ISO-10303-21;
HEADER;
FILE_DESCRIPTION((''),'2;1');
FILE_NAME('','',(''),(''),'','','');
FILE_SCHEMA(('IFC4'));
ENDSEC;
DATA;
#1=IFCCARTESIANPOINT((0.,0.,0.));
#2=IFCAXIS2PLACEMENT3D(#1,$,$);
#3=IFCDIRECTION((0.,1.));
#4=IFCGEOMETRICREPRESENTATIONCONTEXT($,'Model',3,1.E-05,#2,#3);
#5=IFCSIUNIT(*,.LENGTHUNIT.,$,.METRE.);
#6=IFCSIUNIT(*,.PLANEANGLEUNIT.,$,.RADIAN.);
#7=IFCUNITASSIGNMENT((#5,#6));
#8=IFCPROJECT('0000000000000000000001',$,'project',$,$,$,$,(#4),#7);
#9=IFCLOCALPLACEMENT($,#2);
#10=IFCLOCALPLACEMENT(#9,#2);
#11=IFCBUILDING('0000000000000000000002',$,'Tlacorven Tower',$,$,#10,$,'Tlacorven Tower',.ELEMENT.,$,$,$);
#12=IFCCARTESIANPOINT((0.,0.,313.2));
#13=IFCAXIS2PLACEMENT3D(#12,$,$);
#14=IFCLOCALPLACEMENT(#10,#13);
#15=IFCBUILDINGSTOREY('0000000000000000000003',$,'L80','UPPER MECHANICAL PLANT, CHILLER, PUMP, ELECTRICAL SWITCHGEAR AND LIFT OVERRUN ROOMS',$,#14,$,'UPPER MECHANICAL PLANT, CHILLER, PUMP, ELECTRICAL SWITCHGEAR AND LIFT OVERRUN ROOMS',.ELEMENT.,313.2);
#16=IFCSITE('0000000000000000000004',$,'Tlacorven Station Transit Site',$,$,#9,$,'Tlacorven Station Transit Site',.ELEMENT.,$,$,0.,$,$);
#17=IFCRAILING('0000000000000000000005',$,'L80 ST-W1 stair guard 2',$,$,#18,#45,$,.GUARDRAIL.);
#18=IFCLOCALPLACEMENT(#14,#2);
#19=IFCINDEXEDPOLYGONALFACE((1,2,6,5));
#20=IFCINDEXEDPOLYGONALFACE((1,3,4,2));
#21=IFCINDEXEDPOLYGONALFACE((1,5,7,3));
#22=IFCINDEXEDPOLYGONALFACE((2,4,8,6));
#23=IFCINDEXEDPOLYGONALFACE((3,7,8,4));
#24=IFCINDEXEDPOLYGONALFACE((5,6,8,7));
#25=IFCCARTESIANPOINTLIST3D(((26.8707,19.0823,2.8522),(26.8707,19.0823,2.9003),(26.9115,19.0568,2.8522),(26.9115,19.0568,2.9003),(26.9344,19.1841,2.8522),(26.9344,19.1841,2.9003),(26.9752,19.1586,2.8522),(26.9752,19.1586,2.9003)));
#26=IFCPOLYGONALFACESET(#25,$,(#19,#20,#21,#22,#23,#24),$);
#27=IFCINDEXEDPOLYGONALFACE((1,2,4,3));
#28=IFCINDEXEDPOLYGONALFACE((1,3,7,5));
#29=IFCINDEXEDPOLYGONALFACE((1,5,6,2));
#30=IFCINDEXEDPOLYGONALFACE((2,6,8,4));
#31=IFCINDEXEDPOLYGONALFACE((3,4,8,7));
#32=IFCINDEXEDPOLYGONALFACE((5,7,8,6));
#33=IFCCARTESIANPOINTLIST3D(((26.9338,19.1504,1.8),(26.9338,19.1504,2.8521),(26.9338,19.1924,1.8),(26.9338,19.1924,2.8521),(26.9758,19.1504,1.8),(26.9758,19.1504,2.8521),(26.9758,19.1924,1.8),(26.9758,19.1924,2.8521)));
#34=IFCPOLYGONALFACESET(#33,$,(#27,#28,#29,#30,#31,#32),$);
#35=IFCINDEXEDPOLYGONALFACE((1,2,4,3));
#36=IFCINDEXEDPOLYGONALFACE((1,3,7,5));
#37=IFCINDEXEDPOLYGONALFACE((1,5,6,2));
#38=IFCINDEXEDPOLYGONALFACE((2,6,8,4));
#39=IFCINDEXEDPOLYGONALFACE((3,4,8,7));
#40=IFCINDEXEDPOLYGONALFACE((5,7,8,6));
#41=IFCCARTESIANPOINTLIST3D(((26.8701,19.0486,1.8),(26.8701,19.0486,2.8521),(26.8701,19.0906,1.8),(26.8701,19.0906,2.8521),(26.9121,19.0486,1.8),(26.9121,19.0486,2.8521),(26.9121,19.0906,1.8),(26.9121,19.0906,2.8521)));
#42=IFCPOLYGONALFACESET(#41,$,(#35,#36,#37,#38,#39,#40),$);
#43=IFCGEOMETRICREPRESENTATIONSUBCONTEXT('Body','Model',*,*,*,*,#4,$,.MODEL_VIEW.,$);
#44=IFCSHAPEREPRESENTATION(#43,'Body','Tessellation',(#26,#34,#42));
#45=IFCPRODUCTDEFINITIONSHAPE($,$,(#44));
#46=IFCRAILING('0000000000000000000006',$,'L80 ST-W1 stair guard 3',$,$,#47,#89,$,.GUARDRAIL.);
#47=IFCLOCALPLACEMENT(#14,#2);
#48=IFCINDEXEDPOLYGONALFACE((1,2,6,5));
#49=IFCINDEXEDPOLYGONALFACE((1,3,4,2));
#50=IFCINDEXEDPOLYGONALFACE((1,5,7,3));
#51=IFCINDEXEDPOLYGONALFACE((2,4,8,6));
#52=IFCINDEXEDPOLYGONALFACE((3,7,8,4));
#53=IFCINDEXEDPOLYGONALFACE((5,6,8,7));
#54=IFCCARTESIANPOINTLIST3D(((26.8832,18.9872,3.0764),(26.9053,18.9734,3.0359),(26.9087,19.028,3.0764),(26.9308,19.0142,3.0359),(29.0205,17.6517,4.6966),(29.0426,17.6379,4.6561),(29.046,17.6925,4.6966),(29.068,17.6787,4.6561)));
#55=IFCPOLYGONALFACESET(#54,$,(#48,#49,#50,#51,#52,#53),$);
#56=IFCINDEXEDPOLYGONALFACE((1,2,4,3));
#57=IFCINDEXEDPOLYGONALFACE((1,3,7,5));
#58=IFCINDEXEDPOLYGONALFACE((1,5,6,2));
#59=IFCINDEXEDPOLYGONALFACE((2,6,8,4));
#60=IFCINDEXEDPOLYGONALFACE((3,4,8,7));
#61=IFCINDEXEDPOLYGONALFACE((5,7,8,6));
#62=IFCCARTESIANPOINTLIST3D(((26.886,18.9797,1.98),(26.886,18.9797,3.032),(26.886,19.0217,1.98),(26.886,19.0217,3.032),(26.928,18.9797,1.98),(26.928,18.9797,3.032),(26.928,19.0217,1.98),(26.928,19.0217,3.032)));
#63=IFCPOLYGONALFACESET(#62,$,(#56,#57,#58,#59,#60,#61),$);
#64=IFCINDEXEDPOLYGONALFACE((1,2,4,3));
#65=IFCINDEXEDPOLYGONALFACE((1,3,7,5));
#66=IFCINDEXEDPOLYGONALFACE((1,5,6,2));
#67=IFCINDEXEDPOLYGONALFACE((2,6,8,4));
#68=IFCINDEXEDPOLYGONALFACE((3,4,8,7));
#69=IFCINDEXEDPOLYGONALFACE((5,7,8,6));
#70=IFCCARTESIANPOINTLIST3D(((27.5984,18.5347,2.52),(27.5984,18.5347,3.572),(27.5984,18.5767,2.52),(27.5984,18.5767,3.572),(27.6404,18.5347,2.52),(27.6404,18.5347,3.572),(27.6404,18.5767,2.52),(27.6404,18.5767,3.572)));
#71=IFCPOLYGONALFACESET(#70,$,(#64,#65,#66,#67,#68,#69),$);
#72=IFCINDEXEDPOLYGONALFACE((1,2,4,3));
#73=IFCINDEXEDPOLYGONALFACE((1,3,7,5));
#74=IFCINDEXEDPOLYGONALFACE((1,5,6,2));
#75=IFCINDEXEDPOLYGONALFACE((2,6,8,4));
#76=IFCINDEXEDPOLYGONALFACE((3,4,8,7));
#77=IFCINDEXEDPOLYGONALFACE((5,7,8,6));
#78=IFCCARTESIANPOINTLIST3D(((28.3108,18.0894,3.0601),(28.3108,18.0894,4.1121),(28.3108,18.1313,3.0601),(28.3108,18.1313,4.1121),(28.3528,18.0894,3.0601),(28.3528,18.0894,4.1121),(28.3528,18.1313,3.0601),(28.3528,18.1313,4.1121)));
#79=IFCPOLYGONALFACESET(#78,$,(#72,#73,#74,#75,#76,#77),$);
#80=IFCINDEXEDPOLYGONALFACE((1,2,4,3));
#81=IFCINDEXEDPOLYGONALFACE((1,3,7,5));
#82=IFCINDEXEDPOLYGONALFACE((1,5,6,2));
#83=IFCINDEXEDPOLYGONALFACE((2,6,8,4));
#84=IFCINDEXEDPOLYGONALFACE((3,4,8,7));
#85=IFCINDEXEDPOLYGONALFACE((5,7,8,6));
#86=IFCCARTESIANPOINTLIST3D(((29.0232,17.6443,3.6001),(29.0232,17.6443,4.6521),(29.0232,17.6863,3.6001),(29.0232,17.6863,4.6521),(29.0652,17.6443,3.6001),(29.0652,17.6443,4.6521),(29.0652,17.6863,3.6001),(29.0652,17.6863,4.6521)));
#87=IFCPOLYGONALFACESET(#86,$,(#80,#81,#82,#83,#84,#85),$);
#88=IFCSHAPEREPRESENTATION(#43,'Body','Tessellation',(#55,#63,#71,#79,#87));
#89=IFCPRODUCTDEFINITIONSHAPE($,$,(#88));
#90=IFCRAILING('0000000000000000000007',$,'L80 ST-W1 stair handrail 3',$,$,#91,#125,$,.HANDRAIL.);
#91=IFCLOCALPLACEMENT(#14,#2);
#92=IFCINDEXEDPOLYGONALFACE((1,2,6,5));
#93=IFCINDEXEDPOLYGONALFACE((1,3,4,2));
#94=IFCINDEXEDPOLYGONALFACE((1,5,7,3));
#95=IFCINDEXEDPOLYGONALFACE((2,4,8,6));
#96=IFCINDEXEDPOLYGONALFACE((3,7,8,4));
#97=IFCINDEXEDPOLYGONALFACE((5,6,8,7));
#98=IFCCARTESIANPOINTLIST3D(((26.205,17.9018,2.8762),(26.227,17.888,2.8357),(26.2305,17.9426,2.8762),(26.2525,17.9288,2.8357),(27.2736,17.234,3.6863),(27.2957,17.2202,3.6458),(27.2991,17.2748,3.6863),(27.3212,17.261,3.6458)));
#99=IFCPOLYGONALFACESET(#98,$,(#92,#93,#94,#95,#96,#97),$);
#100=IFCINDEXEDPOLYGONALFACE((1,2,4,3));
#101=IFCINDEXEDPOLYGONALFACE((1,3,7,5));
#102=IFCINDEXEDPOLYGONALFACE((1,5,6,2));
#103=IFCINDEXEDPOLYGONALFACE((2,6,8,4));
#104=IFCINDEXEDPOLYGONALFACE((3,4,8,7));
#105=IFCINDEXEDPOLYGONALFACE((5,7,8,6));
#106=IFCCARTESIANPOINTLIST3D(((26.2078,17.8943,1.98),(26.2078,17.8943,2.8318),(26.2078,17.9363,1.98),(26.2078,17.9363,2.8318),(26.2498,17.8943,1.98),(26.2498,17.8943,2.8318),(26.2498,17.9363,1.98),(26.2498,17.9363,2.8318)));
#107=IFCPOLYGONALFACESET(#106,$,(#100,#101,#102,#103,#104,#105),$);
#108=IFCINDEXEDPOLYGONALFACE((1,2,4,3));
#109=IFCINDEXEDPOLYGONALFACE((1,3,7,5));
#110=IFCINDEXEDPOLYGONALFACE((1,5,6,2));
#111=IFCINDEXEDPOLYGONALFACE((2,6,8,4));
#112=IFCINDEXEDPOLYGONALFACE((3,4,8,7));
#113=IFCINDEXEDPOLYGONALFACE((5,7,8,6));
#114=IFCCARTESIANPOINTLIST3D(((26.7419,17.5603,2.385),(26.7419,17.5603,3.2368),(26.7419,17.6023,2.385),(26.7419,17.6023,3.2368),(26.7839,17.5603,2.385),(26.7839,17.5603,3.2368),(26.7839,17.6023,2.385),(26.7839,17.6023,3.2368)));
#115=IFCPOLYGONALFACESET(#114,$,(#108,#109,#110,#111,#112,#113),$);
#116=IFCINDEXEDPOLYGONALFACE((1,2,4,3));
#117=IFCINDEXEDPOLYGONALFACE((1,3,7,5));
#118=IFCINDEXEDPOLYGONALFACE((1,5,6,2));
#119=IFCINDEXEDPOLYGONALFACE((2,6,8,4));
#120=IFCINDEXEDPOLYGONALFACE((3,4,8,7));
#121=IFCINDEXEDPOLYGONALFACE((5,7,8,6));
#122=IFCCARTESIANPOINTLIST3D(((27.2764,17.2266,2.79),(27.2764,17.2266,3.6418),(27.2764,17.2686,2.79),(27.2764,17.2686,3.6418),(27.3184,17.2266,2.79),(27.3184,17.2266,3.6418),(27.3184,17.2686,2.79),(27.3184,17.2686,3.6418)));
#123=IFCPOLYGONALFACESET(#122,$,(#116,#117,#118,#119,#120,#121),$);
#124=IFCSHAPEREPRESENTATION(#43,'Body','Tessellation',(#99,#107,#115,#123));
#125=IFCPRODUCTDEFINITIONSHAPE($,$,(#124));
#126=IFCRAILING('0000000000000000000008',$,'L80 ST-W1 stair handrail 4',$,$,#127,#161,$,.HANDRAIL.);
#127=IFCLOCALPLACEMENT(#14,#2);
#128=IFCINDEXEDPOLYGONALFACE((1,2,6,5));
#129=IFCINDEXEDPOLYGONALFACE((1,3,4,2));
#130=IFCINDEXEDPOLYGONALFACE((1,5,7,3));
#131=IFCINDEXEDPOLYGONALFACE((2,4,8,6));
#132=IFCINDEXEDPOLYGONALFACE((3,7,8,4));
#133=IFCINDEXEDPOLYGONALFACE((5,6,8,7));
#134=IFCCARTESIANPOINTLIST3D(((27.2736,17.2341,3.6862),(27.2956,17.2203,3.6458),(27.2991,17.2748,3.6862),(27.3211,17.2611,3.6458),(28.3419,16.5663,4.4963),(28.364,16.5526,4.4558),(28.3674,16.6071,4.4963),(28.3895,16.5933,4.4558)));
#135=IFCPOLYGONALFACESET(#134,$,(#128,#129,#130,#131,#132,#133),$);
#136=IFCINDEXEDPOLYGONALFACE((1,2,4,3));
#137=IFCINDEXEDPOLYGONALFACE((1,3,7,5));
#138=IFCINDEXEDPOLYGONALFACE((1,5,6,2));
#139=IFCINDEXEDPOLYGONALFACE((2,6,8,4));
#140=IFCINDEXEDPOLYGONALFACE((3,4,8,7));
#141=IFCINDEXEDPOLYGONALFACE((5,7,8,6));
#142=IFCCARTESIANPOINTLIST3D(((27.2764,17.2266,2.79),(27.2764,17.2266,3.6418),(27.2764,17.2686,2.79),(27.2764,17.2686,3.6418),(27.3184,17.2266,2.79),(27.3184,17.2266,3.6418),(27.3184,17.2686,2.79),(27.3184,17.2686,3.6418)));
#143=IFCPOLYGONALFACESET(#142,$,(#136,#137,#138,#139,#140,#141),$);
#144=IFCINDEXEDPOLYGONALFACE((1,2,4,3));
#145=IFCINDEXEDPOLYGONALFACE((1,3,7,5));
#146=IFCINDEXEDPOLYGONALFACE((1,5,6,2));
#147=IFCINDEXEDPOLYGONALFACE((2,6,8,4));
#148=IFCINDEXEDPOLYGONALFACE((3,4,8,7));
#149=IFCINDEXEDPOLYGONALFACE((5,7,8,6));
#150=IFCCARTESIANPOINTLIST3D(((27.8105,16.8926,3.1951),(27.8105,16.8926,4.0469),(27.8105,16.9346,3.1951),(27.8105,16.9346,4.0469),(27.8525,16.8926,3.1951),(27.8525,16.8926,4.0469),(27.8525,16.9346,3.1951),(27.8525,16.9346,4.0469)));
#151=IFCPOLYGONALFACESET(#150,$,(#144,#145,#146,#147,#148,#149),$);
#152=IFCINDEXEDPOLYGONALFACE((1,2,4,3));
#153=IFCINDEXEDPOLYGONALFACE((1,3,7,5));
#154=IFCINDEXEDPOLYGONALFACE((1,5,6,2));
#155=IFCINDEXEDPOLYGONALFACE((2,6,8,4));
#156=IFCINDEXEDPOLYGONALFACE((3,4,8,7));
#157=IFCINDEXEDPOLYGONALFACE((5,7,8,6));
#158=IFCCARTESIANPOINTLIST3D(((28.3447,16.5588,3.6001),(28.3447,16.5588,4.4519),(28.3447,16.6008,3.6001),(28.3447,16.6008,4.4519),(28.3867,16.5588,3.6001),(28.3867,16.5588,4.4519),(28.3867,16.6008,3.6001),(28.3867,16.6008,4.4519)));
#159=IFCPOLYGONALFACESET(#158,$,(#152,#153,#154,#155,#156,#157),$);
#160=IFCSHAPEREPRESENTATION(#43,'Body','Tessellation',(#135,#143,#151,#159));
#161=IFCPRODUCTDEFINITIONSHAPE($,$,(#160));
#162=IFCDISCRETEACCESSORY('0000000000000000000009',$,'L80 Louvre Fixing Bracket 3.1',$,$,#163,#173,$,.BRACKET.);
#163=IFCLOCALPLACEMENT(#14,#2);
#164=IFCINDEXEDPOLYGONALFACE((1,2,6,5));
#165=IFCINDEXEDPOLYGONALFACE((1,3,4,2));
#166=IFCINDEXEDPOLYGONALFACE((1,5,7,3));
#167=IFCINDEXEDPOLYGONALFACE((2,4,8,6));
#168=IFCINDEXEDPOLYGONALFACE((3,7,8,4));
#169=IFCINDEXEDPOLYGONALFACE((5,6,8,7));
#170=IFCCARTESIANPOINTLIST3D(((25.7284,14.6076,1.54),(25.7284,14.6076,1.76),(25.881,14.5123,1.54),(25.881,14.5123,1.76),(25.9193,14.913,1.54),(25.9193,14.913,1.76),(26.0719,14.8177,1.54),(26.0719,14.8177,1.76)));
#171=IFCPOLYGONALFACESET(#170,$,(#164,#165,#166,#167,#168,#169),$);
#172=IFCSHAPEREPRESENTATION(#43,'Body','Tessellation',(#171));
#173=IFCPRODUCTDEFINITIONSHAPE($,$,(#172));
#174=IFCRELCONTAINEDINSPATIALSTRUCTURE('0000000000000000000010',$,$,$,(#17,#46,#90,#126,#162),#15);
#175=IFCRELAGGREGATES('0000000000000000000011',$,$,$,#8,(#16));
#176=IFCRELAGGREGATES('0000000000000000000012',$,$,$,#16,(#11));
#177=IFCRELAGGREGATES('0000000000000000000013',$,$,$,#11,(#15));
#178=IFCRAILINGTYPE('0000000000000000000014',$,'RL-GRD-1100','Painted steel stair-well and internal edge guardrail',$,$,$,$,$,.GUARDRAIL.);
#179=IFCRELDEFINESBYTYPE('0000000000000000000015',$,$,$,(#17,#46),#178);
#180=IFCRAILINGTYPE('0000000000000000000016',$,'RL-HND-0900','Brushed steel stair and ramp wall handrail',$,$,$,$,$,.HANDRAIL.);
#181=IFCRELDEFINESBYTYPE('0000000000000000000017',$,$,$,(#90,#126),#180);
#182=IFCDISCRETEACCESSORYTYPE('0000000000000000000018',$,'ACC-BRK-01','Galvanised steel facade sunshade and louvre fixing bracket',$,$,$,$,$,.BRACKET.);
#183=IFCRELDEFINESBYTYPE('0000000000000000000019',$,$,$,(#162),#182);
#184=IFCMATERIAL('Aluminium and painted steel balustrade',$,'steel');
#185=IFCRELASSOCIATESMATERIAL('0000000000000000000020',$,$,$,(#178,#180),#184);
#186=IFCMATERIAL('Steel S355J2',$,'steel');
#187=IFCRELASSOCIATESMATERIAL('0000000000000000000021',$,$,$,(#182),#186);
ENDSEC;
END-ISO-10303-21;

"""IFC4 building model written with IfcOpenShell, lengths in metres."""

from ifc_helpers import new_model, si_unit, direction, frame, origin, origin_2d, place, context, subcontext, project, spatial, rectangle, extrude, source, transform, mapped, material, type_object, element, save


model = new_model("IFC4")

# Units and contexts
model_context = context("Model", 3, precision=1e-05, world=origin(), true_north=direction((0.0, 1.0)))
body_context = subcontext(model_context, "Body", "Model", "MODEL_VIEW")
ifc_project = project(units=[si_unit("LENGTHUNIT", "METRE"), si_unit("PLANEANGLEUNIT", "RADIAN")], contexts=[model_context])

# Site, building, storey
site_placement = place(None, origin())
site = spatial("IfcSite", under=ifc_project, at=site_placement, Name="Tlacorven Station Transit Site", LongName="Tlacorven Station Transit Site", CompositionType="ELEMENT", RefElevation=0.0)
building_placement = place(site_placement, origin())
building = spatial("IfcBuilding", under=site, at=building_placement, Name="Tlacorven Tower", LongName="Tlacorven Tower", CompositionType="ELEMENT")
storey_placement = place(building_placement, frame((0.0, 0.0, 313.2)))
storey = spatial("IfcBuildingStorey", under=building, at=storey_placement, Name="L80", Description="UPPER MECHANICAL PLANT, CHILLER, PUMP, ELECTRICAL SWITCHGEAR AND LIFT OVERRUN ROOMS", LongName="UPPER MECHANICAL PLANT, CHILLER, PUMP, ELECTRICAL SWITCHGEAR AND LIFT OVERRUN ROOMS", CompositionType="ELEMENT", Elevation=313.2)

# Shared definitions
ifc_material_1 = material(Name="Steel S355J2", Category="steel")

# Railings
ifc_material_2 = material(Name="Aluminium and painted steel balustrade", Category="steel")
railing_type_1 = type_object("IfcRailingType", Name="RL-GRD-1100", Description="Painted steel stair-well and internal edge guardrail", PredefinedType="GUARDRAIL", material=ifc_material_2)
shared_shape_1 = source(origin(), body_context, "Body", "SweptSolid", [
    extrude(rectangle(XDim=0.0481, YDim=0.0481, at=origin_2d()), frame((0.0, 0.0, 1.0762), z_axis=(-0.530547, -0.847656, 0.0), x_axis=(0.847656, -0.530547, 0.0)), (0.0, 0.0, 1.0), 0.1201),
    extrude(rectangle(XDim=0.042, YDim=0.042, at=origin_2d()), origin(), (0.0, 0.0, 1.0), 1.052),
    extrude(rectangle(XDim=0.042, YDim=0.042, at=origin_2d()), frame((-0.0637, -0.1018, 0.0)), (0.0, 0.0, 1.0), 1.052),
])
railing_1_placement = place(storey_placement, frame((26.9548, 19.1714, 1.8)))
element("IfcRailing", 1, at=railing_1_placement, inside=storey, type_object=railing_type_1, Name="L80 ST-W1 stair guard 2", PredefinedType="GUARDRAIL", context=body_context, shape_type="MappedRepresentation", body=[
    mapped(shared_shape_1, transform((0.0, 0.0, 0.0), scale=1.0)),
])
shared_shape_2 = source(origin(), body_context, "Body", "SweptSolid", [
    extrude(rectangle(XDim=0.0481, YDim=0.0481, at=origin_2d()), frame((0.0, 0.0, 1.0762), z_axis=(0.71336, -0.445748, 0.540765), x_axis=(0.529912, 0.848053, 0.0)), (0.0, 0.0, 1.0), 2.9961),
    extrude(rectangle(XDim=0.042, YDim=0.042, at=origin_2d()), origin(), (0.0, 0.0, 1.0), 1.052),
    extrude(rectangle(XDim=0.042, YDim=0.042, at=origin_2d()), frame((0.7124, -0.4451, 0.54)), (0.0, 0.0, 1.0), 1.052),
    extrude(rectangle(XDim=0.042, YDim=0.042, at=origin_2d()), frame((1.4248, -0.8904, 1.0801)), (0.0, 0.0, 1.0), 1.052),
    extrude(rectangle(XDim=0.042, YDim=0.042, at=origin_2d()), frame((2.1372, -1.3354, 1.6201)), (0.0, 0.0, 1.0), 1.052),
])
railing_2_placement = place(storey_placement, frame((26.907, 19.0007, 1.98)))
element("IfcRailing", 2, at=railing_2_placement, inside=storey, type_object=railing_type_1, Name="L80 ST-W1 stair guard 3", PredefinedType="GUARDRAIL", context=body_context, shape_type="MappedRepresentation", body=[
    mapped(shared_shape_2, transform((0.0, 0.0, 0.0), scale=1.0)),
])
railing_type_2 = type_object("IfcRailingType", Name="RL-HND-0900", Description="Brushed steel stair and ramp wall handrail", PredefinedType="HANDRAIL", material=ifc_material_2)
shared_shape_3 = source(origin(), body_context, "Body", "SweptSolid", [
    extrude(rectangle(XDim=0.0481, YDim=0.0481, at=origin_2d()), frame((0.0, 0.0, 0.876), z_axis=(0.71336, -0.445748, 0.540765), x_axis=(0.529912, 0.848053, 0.0)), (0.0, 0.0, 1.0), 1.498),
    extrude(rectangle(XDim=0.042, YDim=0.042, at=origin_2d()), origin(), (0.0, 0.0, 1.0), 0.8518),
    extrude(rectangle(XDim=0.042, YDim=0.042, at=origin_2d()), frame((0.5342, -0.334, 0.405)), (0.0, 0.0, 1.0), 0.8518),
    extrude(rectangle(XDim=0.042, YDim=0.042, at=origin_2d()), frame((1.0686, -0.6677, 0.8101)), (0.0, 0.0, 1.0), 0.8518),
])
railing_3_placement = place(storey_placement, frame((26.2288, 17.9153, 1.98)))
element("IfcRailing", 3, at=railing_3_placement, inside=storey, type_object=railing_type_2, Name="L80 ST-W1 stair handrail 3", PredefinedType="HANDRAIL", context=body_context, shape_type="MappedRepresentation", body=[
    mapped(shared_shape_3, transform((0.0, 0.0, 0.0), scale=1.0)),
])
shared_shape_4 = source(origin(), body_context, "Body", "SweptSolid", [
    extrude(rectangle(XDim=0.0481, YDim=0.0481, at=origin_2d()), frame((0.0, 0.0, 0.876), z_axis=(0.71328, -0.4458, 0.540828), x_axis=(0.529999, 0.847998, 0.0)), (0.0, 0.0, 1.0), 1.4978),
    extrude(rectangle(XDim=0.042, YDim=0.042, at=origin_2d()), origin(), (0.0, 0.0, 1.0), 0.8518),
    extrude(rectangle(XDim=0.042, YDim=0.042, at=origin_2d()), frame((0.5342, -0.334, 0.405)), (0.0, 0.0, 1.0), 0.8518),
    extrude(rectangle(XDim=0.042, YDim=0.042, at=origin_2d()), frame((1.0684, -0.6677, 0.8101)), (0.0, 0.0, 1.0), 0.8518),
])
railing_4_placement = place(storey_placement, frame((27.2974, 17.2476, 2.79)))
element("IfcRailing", 4, at=railing_4_placement, inside=storey, type_object=railing_type_2, Name="L80 ST-W1 stair handrail 4", PredefinedType="HANDRAIL", context=body_context, shape_type="MappedRepresentation", body=[
    mapped(shared_shape_4, transform((0.0, 0.0, 0.0), scale=1.0)),
])

# Discrete accessory
discrete_accessory_type = type_object("IfcDiscreteAccessoryType", Name="ACC-BRK-01", Description="Galvanised steel facade sunshade and louvre fixing bracket", PredefinedType="BRACKET", material=ifc_material_1)
shared_shape_5 = source(origin(), body_context, "Body", "SweptSolid", [
    extrude(rectangle(XDim=0.1799, YDim=0.3601, at=origin_2d()), origin(), (0.0, 0.0, 1.0), 0.22),
])
discrete_accessory_placement = place(storey_placement, frame((25.9001, 14.7126, 1.54), z_axis=(0.0, 0.0, 1.0), x_axis=(-0.848048, 0.529919, 0.0)))
element("IfcDiscreteAccessory", 5, at=discrete_accessory_placement, inside=storey, type_object=discrete_accessory_type, Name="L80 Louvre Fixing Bracket 3.1", PredefinedType="BRACKET", context=body_context, shape_type="MappedRepresentation", body=[
    mapped(shared_shape_5, transform((0.0, 0.0, 0.0), scale=1.0)),
])

save(model, "model.ifc")
